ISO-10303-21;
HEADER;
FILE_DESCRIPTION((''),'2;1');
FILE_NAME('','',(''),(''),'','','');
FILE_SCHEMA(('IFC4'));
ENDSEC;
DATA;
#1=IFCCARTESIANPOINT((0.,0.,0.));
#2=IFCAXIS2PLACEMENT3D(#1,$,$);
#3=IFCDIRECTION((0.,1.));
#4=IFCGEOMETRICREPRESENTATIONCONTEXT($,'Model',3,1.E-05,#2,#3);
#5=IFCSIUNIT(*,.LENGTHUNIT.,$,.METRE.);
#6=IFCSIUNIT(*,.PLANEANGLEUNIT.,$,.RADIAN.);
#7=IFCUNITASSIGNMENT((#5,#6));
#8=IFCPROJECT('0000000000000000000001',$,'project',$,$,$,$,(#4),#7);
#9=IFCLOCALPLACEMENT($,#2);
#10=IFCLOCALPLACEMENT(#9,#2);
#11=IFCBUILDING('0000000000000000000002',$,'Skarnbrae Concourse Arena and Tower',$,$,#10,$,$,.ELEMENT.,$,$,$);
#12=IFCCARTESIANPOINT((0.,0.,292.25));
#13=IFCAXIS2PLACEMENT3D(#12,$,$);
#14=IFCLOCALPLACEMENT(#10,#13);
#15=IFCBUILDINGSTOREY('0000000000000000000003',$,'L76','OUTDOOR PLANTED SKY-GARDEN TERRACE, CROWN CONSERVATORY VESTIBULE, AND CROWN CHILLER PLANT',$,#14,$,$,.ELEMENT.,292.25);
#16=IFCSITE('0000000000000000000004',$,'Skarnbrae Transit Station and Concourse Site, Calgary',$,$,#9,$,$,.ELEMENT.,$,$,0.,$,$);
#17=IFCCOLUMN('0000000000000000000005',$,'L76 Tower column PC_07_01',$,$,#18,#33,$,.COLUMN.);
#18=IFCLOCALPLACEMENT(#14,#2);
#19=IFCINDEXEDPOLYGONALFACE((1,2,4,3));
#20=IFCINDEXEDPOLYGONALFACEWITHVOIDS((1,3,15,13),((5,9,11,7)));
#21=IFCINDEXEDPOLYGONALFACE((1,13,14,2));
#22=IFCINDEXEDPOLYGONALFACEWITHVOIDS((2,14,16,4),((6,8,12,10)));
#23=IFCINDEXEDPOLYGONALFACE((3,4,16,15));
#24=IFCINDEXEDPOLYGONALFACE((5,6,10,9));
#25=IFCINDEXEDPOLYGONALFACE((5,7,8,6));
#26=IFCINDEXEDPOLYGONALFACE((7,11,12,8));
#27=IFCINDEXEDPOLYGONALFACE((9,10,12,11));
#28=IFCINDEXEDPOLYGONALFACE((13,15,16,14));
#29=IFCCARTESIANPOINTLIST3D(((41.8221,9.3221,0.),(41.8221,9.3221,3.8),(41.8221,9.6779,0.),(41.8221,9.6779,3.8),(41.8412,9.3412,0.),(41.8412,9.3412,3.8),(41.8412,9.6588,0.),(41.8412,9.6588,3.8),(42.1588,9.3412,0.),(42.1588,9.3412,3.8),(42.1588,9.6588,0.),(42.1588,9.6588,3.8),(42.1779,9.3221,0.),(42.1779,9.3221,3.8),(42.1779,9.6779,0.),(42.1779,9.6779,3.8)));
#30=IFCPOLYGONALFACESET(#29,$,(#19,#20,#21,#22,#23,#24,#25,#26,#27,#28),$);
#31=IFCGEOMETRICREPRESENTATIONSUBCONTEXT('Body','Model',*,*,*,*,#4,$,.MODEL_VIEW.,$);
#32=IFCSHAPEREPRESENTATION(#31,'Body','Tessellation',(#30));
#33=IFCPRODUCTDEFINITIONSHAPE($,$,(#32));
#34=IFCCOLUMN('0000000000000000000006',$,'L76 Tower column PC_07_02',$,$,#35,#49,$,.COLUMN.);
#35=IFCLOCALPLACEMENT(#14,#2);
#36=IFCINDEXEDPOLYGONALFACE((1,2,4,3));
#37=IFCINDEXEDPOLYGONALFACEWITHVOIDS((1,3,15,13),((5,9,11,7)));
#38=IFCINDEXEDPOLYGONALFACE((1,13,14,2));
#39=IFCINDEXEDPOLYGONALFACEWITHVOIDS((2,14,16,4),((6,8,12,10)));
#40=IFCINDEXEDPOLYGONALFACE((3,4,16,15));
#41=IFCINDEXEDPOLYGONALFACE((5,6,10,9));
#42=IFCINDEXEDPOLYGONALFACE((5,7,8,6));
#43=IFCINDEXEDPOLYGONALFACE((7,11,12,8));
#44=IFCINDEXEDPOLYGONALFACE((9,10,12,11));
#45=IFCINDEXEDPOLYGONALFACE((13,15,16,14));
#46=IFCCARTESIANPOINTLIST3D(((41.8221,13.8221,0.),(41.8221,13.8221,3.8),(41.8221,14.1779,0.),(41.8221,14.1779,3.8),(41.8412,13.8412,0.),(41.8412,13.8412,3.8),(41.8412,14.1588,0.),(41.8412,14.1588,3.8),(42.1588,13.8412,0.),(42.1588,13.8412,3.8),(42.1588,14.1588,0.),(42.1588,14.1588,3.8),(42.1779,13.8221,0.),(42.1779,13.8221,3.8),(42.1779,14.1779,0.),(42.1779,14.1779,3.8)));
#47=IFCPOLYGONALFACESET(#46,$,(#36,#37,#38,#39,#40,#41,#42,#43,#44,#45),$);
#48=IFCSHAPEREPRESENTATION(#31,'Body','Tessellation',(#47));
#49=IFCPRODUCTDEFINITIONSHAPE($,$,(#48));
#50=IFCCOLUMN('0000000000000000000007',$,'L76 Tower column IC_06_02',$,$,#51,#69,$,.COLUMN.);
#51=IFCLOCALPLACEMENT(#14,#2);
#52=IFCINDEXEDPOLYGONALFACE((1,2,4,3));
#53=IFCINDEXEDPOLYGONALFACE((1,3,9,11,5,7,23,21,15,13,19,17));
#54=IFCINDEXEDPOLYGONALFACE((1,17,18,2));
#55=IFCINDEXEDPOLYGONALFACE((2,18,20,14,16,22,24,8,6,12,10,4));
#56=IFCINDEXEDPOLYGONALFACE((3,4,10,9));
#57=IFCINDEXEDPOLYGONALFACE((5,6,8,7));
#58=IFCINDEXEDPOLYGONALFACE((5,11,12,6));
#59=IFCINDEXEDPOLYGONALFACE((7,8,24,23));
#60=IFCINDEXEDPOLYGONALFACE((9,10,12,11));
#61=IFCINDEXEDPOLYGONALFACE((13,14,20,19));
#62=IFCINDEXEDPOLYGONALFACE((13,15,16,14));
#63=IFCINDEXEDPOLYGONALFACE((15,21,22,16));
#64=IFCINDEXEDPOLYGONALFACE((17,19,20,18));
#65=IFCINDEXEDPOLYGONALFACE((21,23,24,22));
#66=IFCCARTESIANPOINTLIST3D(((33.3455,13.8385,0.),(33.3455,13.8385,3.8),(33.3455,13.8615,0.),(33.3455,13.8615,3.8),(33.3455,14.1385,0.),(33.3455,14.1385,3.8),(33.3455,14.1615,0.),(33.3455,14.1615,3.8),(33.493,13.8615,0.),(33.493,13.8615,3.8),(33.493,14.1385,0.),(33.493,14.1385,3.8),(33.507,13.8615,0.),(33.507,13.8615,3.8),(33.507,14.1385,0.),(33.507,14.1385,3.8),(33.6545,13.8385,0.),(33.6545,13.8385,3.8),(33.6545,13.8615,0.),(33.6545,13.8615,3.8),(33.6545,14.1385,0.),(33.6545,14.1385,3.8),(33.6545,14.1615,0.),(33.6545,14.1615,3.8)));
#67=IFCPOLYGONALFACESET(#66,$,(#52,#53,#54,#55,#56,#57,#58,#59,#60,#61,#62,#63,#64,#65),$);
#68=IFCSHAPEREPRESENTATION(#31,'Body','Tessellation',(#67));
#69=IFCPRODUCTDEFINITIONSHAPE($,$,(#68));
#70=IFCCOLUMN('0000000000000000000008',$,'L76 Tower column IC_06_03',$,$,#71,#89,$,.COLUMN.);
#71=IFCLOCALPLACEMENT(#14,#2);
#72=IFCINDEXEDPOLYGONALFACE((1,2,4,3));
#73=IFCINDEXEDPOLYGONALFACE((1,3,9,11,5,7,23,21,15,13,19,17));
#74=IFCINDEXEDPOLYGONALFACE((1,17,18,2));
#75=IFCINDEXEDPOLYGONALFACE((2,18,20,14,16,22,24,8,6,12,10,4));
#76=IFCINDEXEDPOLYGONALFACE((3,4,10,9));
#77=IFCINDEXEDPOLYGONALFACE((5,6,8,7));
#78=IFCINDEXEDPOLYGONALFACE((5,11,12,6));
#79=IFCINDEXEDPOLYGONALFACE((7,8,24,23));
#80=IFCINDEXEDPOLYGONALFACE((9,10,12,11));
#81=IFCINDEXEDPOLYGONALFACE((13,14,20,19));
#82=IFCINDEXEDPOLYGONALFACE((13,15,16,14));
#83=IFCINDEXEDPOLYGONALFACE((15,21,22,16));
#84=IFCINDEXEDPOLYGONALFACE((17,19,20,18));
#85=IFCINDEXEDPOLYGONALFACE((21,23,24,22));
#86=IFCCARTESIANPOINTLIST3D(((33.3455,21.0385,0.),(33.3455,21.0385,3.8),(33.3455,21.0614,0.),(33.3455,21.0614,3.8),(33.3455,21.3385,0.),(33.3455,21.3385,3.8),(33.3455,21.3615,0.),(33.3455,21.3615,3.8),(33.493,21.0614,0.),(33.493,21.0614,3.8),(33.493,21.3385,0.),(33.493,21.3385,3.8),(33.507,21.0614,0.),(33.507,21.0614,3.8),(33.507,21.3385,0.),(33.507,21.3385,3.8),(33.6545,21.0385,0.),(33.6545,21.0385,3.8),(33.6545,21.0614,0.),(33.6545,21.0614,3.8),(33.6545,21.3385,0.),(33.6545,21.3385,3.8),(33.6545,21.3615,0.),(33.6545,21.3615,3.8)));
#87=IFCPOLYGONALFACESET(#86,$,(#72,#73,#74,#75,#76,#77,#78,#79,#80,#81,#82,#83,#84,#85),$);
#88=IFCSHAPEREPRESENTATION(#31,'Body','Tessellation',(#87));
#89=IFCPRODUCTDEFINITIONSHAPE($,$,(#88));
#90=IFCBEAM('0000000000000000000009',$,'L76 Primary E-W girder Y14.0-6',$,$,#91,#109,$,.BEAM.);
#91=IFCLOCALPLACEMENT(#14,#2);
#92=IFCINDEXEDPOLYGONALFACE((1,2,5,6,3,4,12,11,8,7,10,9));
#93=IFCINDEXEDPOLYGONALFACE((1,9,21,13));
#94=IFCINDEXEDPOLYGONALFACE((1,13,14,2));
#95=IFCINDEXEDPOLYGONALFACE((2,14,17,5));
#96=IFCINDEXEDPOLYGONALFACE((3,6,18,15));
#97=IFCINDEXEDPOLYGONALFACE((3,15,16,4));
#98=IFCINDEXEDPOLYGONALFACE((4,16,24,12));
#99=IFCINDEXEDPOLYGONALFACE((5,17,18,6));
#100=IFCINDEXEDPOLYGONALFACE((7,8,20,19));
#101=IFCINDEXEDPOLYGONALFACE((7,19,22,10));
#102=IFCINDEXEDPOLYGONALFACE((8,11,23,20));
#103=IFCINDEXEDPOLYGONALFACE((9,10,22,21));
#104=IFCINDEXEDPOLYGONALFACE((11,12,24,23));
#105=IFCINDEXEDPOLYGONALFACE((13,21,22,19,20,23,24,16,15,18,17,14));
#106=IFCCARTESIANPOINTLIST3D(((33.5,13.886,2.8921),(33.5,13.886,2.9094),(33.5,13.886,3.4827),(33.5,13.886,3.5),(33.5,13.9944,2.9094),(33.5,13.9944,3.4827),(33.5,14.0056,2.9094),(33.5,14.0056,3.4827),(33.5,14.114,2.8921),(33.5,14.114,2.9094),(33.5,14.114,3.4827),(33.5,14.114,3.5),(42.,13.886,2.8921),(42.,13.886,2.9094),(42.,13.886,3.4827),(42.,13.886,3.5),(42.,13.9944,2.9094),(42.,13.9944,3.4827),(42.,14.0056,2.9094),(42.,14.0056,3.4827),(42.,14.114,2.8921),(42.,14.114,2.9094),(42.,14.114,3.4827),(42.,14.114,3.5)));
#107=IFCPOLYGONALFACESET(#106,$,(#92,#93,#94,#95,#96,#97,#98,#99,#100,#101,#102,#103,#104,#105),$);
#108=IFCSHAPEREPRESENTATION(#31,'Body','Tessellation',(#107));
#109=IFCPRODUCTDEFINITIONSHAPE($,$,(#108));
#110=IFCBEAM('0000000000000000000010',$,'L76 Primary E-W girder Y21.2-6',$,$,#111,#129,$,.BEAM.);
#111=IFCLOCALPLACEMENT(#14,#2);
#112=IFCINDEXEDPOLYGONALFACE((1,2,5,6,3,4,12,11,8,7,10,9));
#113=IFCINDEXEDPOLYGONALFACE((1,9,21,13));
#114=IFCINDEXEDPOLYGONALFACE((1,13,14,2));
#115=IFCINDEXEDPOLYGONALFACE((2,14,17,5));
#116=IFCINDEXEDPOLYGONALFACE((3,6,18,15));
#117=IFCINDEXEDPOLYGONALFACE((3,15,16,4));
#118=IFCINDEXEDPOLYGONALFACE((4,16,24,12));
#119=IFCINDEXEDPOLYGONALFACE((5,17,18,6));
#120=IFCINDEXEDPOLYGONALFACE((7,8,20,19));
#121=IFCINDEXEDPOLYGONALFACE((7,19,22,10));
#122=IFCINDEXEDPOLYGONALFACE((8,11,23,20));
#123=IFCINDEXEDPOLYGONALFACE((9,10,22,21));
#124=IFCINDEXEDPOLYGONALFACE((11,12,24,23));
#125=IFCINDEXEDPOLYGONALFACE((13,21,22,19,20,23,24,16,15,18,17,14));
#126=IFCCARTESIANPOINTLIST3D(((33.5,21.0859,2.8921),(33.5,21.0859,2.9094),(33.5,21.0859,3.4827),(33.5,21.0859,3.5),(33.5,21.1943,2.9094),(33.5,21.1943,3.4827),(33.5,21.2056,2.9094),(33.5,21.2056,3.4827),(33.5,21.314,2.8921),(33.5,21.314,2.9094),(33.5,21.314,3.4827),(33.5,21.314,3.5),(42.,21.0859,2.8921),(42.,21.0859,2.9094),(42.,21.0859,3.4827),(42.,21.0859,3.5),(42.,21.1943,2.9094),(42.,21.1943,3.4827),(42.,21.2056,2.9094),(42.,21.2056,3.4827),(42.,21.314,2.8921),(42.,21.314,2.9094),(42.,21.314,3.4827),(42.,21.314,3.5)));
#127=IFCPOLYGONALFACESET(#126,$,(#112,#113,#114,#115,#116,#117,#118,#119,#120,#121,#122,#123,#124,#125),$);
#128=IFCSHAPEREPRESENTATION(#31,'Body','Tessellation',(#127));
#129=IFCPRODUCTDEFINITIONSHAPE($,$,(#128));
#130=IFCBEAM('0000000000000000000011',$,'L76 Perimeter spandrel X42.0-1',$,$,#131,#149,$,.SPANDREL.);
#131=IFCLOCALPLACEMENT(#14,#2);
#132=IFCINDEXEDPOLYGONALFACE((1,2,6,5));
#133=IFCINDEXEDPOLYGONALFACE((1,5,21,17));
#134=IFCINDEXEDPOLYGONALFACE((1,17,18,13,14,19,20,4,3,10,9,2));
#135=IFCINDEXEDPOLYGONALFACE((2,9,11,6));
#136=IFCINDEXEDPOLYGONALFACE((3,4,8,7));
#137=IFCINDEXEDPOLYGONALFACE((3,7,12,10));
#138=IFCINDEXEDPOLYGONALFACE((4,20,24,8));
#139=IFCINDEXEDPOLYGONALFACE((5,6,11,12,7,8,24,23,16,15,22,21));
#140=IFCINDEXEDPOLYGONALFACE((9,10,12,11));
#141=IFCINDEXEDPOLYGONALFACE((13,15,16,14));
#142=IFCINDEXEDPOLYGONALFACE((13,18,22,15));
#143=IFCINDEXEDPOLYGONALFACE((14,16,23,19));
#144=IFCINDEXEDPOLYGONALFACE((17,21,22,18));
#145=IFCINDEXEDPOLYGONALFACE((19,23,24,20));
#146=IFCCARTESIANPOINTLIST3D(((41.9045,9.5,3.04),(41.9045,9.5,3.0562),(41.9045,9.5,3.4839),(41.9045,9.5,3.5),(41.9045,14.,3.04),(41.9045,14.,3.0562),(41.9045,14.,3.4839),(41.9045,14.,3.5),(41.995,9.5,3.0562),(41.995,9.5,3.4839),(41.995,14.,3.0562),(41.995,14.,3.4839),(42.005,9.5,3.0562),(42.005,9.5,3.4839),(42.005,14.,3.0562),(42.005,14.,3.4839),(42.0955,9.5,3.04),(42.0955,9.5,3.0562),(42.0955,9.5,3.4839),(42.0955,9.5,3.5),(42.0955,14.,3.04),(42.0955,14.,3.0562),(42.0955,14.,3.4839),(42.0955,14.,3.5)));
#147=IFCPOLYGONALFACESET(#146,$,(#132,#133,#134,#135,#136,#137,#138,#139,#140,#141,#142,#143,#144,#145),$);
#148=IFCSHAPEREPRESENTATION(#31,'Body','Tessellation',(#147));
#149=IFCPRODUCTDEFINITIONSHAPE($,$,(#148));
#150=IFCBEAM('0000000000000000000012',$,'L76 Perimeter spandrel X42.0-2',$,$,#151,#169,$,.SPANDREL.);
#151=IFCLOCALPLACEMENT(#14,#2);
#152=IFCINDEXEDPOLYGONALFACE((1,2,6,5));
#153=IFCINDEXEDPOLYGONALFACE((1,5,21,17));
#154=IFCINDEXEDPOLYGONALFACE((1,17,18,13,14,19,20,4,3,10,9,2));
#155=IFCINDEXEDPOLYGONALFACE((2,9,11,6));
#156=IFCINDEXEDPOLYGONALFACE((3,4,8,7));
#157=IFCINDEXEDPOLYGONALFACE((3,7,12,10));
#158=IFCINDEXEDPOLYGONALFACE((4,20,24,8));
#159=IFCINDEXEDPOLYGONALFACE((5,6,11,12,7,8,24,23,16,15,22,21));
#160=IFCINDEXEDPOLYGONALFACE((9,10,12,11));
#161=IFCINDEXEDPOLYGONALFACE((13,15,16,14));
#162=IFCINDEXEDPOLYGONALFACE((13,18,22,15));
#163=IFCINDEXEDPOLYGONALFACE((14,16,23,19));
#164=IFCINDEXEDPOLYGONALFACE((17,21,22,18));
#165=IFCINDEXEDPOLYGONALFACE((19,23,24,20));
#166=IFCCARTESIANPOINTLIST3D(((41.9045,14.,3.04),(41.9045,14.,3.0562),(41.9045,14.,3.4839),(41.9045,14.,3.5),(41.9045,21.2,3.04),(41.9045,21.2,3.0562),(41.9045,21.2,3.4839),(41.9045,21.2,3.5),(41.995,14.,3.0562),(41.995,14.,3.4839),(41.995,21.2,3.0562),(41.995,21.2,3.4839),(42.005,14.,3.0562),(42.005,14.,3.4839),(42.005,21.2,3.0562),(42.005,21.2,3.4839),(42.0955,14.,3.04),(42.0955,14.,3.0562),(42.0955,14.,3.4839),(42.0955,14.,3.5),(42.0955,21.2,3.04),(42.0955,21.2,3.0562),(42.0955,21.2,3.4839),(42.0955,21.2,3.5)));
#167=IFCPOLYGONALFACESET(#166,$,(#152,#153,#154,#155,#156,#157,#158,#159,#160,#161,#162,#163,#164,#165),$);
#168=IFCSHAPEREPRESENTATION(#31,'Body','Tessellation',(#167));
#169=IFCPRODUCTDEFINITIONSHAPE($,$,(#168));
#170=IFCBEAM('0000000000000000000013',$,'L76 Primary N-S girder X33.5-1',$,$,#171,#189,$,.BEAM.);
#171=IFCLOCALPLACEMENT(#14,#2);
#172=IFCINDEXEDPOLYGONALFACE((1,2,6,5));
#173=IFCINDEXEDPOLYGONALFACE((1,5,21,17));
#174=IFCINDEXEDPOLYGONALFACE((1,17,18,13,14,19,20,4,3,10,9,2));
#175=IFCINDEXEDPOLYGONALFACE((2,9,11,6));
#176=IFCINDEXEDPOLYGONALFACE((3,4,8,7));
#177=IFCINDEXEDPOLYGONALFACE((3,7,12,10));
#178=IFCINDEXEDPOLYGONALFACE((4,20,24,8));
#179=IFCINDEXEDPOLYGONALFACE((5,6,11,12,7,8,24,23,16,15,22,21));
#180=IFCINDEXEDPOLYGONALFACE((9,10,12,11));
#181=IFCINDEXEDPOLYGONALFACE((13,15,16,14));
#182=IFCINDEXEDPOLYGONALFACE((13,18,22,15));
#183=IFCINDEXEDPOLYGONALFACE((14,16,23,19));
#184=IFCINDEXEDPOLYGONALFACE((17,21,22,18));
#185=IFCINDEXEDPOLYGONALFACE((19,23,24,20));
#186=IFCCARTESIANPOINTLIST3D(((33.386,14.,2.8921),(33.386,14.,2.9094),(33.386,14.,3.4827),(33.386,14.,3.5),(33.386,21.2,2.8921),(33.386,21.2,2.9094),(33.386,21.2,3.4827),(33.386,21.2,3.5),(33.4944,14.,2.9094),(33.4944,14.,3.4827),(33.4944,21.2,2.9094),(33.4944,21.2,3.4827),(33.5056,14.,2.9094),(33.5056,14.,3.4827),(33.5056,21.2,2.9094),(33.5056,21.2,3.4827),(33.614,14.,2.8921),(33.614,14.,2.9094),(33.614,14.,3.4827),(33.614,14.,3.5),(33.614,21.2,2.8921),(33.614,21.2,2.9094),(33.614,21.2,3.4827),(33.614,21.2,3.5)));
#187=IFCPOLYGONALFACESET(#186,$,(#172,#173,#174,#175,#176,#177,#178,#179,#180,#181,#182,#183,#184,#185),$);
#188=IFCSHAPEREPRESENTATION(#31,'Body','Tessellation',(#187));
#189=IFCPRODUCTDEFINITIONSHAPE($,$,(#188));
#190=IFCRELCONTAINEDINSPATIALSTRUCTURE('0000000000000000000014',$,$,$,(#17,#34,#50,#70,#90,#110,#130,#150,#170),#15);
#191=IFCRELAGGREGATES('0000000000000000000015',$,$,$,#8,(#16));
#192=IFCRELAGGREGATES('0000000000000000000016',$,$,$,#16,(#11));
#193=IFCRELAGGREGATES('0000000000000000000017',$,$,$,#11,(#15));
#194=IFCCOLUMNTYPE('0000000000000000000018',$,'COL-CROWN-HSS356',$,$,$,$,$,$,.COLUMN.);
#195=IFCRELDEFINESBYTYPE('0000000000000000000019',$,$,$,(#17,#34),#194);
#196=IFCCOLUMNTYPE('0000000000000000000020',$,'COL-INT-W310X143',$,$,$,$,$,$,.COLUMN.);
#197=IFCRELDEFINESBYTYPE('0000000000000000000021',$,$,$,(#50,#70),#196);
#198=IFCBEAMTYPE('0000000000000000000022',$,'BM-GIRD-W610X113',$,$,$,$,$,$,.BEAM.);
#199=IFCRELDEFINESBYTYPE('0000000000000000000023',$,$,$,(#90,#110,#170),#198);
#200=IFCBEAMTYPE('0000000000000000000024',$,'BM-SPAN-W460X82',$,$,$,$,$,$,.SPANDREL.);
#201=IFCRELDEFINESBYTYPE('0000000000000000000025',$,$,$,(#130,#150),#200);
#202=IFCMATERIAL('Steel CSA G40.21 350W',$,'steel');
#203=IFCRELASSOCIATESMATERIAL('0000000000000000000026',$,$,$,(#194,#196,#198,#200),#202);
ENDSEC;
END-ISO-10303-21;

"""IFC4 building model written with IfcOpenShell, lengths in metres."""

from ifc_helpers import new_model, si_unit, direction, frame, origin, origin_2d, place, context, subcontext, project, spatial, hollow_rectangle, i_section, extrude, source, transform, mapped, material, material_profile, profile_set, type_object, element, save


model = new_model("IFC4")

# Units and contexts
model_context = context("Model", 3, precision=1e-05, world=origin(), true_north=direction((0.0, 1.0)))
body_context = subcontext(model_context, "Body", "Model", "MODEL_VIEW")
ifc_project = project(units=[si_unit("LENGTHUNIT", "METRE"), si_unit("PLANEANGLEUNIT", "RADIAN")], contexts=[model_context])

# Site, building, storey
site_placement = place(None, origin())
site = spatial("IfcSite", under=ifc_project, at=site_placement, Name="Skarnbrae Transit Station and Concourse Site, Calgary", CompositionType="ELEMENT", RefElevation=0.0)
building_placement = place(site_placement, origin())
building = spatial("IfcBuilding", under=site, at=building_placement, Name="Skarnbrae Concourse Arena and Tower", CompositionType="ELEMENT")
storey_placement = place(building_placement, frame((0.0, 0.0, 292.25)))
storey = spatial("IfcBuildingStorey", under=building, at=storey_placement, Name="L76", Description="OUTDOOR PLANTED SKY-GARDEN TERRACE, CROWN CONSERVATORY VESTIBULE, AND CROWN CHILLER PLANT", CompositionType="ELEMENT", Elevation=292.25)

# Columns
ifc_material_1 = material(Name="Steel CSA G40.21 350W", Category="steel")
ifc_material_profile_1 = material_profile(ifc_material_1, hollow_rectangle(XDim=0.3557, YDim=0.3557, WallThickness=0.019, at=origin_2d()), Name="HSS356X356X19.0")
ifc_profile_set_1 = profile_set([ifc_material_profile_1], Name="Steel CSA G40.21 350W")
column_type_1 = type_object("IfcColumnType", Name="COL-CROWN-HSS356", PredefinedType="COLUMN", material=ifc_profile_set_1)
shared_shape_1 = source(origin(), body_context, "Body", "SweptSolid", [
    extrude(hollow_rectangle(XDim=0.3557, YDim=0.3557, WallThickness=0.019, at=origin_2d()), origin(), (0.0, 0.0, 1.0), 3.8),
])
for number, where, z_axis, x_axis, name in (
    (1, (42.0, 9.5, 0.0), (0.0, 0.0, 1.0), (1.0, 0.0, 0.0), "L76 Tower column PC_07_01"),
    (2, (42.0, 14.0, 0.0), (0.0, 0.0, 1.0), (1.0, 0.0, 0.0), "L76 Tower column PC_07_02"),
):
    element("IfcColumn", number, at=place(storey_placement, frame(where, z_axis=z_axis, x_axis=x_axis)), inside=storey, type_object=column_type_1, Name=name, PredefinedType="COLUMN", context=body_context, shape_type="MappedRepresentation", body=[
        mapped(shared_shape_1, transform((0.0, 0.0, 0.0))),
    ])
ifc_material_profile_2 = material_profile(ifc_material_1, i_section(OverallWidth=0.3091, OverallDepth=0.323, WebThickness=0.0139, FlangeThickness=0.0229, at=origin_2d()), Name="W310X143")
ifc_profile_set_2 = profile_set([ifc_material_profile_2], Name="Steel CSA G40.21 350W")
column_type_2 = type_object("IfcColumnType", Name="COL-INT-W310X143", PredefinedType="COLUMN", material=ifc_profile_set_2)
shared_shape_2 = source(origin(), body_context, "Body", "SweptSolid", [
    extrude(i_section(OverallWidth=0.3091, OverallDepth=0.323, WebThickness=0.0139, FlangeThickness=0.0229, at=origin_2d()), origin(), (0.0, 0.0, 1.0), 3.8),
])
for number, where, z_axis, x_axis, name in (
    (3, (33.5, 14.0, 0.0), (0.0, 0.0, 1.0), (1.0, 0.0, 0.0), "L76 Tower column IC_06_02"),
    (4, (33.5, 21.2, 0.0), (0.0, 0.0, 1.0), (1.0, 0.0, 0.0), "L76 Tower column IC_06_03"),
):
    element("IfcColumn", number, at=place(storey_placement, frame(where, z_axis=z_axis, x_axis=x_axis)), inside=storey, type_object=column_type_2, Name=name, PredefinedType="COLUMN", context=body_context, shape_type="MappedRepresentation", body=[
        mapped(shared_shape_2, transform((0.0, 0.0, 0.0))),
    ])

# Beams
ifc_material_profile_3 = material_profile(ifc_material_1, i_section(OverallWidth=0.228, OverallDepth=0.6079, WebThickness=0.0112, FlangeThickness=0.0173, at=origin_2d()), Name="W610X113")
ifc_profile_set_3 = profile_set([ifc_material_profile_3], Name="Steel CSA G40.21 350W")
beam_type_1 = type_object("IfcBeamType", Name="BM-GIRD-W610X113", PredefinedType="BEAM", material=ifc_profile_set_3)
shared_shape_3 = source(origin(), body_context, "Body", "SweptSolid", [
    extrude(i_section(OverallWidth=0.228, OverallDepth=0.6079, WebThickness=0.0112, FlangeThickness=0.0173, at=origin_2d()), origin(), (0.0, 0.0, 1.0), 8.5),
])
for number, where, z_axis, x_axis, name in (
    (5, (33.5, 14.0, 3.196), (1.0, 0.0, 0.0), (0.0, 1.0, 0.0), "L76 Primary E-W girder Y14.0-6"),
    (6, (33.5, 21.2, 3.196), (1.0, 0.0, 0.0), (0.0, 1.0, 0.0), "L76 Primary E-W girder Y21.2-6"),
):
    element("IfcBeam", number, at=place(storey_placement, frame(where, z_axis=z_axis, x_axis=x_axis)), inside=storey, type_object=beam_type_1, Name=name, PredefinedType="BEAM", context=body_context, shape_type="MappedRepresentation", body=[
        mapped(shared_shape_3, transform((0.0, 0.0, 0.0))),
    ])
ifc_material_profile_4 = material_profile(ifc_material_1, i_section(OverallWidth=0.1909, OverallDepth=0.46, WebThickness=0.01, FlangeThickness=0.0161, at=origin_2d()), Name="W460X82")
ifc_profile_set_4 = profile_set([ifc_material_profile_4], Name="Steel CSA G40.21 350W")
beam_type_2 = type_object("IfcBeamType", Name="BM-SPAN-W460X82", PredefinedType="SPANDREL", material=ifc_profile_set_4)
shared_shape_4 = source(origin(), body_context, "Body", "SweptSolid", [
    extrude(i_section(OverallWidth=0.1909, OverallDepth=0.46, WebThickness=0.01, FlangeThickness=0.0161, at=origin_2d()), origin(), (0.0, 0.0, 1.0), 4.5),
])
beam_1_placement = place(storey_placement, frame((42.0, 9.5, 3.27), z_axis=(0.0, 1.0, 0.0), x_axis=(-1.0, 0.0, 0.0)))
element("IfcBeam", 7, at=beam_1_placement, inside=storey, type_object=beam_type_2, Name="L76 Perimeter spandrel X42.0-1", PredefinedType="SPANDREL", context=body_context, shape_type="MappedRepresentation", body=[
    mapped(shared_shape_4, transform((0.0, 0.0, 0.0))),
])
shared_shape_5 = source(origin(), body_context, "Body", "SweptSolid", [
    extrude(i_section(OverallWidth=0.1909, OverallDepth=0.46, WebThickness=0.01, FlangeThickness=0.0161, at=origin_2d()), origin(), (0.0, 0.0, 1.0), 7.2),
])
beam_2_placement = place(storey_placement, frame((42.0, 14.0, 3.27), z_axis=(0.0, 1.0, 0.0), x_axis=(-1.0, 0.0, 0.0)))
element("IfcBeam", 8, at=beam_2_placement, inside=storey, type_object=beam_type_2, Name="L76 Perimeter spandrel X42.0-2", PredefinedType="SPANDREL", context=body_context, shape_type="MappedRepresentation", body=[
    mapped(shared_shape_5, transform((0.0, 0.0, 0.0))),
])
shared_shape_6 = source(origin(), body_context, "Body", "SweptSolid", [
    extrude(i_section(OverallWidth=0.228, OverallDepth=0.6079, WebThickness=0.0112, FlangeThickness=0.0173, at=origin_2d()), origin(), (0.0, 0.0, 1.0), 7.2),
])
beam_3_placement = place(storey_placement, frame((33.5, 14.0, 3.196), z_axis=(0.0, 1.0, 0.0), x_axis=(-1.0, 0.0, 0.0)))
element("IfcBeam", 9, at=beam_3_placement, inside=storey, type_object=beam_type_1, Name="L76 Primary N-S girder X33.5-1", PredefinedType="BEAM", context=body_context, shape_type="MappedRepresentation", body=[
    mapped(shared_shape_6, transform((0.0, 0.0, 0.0))),
])

save(model, "model.ifc")
